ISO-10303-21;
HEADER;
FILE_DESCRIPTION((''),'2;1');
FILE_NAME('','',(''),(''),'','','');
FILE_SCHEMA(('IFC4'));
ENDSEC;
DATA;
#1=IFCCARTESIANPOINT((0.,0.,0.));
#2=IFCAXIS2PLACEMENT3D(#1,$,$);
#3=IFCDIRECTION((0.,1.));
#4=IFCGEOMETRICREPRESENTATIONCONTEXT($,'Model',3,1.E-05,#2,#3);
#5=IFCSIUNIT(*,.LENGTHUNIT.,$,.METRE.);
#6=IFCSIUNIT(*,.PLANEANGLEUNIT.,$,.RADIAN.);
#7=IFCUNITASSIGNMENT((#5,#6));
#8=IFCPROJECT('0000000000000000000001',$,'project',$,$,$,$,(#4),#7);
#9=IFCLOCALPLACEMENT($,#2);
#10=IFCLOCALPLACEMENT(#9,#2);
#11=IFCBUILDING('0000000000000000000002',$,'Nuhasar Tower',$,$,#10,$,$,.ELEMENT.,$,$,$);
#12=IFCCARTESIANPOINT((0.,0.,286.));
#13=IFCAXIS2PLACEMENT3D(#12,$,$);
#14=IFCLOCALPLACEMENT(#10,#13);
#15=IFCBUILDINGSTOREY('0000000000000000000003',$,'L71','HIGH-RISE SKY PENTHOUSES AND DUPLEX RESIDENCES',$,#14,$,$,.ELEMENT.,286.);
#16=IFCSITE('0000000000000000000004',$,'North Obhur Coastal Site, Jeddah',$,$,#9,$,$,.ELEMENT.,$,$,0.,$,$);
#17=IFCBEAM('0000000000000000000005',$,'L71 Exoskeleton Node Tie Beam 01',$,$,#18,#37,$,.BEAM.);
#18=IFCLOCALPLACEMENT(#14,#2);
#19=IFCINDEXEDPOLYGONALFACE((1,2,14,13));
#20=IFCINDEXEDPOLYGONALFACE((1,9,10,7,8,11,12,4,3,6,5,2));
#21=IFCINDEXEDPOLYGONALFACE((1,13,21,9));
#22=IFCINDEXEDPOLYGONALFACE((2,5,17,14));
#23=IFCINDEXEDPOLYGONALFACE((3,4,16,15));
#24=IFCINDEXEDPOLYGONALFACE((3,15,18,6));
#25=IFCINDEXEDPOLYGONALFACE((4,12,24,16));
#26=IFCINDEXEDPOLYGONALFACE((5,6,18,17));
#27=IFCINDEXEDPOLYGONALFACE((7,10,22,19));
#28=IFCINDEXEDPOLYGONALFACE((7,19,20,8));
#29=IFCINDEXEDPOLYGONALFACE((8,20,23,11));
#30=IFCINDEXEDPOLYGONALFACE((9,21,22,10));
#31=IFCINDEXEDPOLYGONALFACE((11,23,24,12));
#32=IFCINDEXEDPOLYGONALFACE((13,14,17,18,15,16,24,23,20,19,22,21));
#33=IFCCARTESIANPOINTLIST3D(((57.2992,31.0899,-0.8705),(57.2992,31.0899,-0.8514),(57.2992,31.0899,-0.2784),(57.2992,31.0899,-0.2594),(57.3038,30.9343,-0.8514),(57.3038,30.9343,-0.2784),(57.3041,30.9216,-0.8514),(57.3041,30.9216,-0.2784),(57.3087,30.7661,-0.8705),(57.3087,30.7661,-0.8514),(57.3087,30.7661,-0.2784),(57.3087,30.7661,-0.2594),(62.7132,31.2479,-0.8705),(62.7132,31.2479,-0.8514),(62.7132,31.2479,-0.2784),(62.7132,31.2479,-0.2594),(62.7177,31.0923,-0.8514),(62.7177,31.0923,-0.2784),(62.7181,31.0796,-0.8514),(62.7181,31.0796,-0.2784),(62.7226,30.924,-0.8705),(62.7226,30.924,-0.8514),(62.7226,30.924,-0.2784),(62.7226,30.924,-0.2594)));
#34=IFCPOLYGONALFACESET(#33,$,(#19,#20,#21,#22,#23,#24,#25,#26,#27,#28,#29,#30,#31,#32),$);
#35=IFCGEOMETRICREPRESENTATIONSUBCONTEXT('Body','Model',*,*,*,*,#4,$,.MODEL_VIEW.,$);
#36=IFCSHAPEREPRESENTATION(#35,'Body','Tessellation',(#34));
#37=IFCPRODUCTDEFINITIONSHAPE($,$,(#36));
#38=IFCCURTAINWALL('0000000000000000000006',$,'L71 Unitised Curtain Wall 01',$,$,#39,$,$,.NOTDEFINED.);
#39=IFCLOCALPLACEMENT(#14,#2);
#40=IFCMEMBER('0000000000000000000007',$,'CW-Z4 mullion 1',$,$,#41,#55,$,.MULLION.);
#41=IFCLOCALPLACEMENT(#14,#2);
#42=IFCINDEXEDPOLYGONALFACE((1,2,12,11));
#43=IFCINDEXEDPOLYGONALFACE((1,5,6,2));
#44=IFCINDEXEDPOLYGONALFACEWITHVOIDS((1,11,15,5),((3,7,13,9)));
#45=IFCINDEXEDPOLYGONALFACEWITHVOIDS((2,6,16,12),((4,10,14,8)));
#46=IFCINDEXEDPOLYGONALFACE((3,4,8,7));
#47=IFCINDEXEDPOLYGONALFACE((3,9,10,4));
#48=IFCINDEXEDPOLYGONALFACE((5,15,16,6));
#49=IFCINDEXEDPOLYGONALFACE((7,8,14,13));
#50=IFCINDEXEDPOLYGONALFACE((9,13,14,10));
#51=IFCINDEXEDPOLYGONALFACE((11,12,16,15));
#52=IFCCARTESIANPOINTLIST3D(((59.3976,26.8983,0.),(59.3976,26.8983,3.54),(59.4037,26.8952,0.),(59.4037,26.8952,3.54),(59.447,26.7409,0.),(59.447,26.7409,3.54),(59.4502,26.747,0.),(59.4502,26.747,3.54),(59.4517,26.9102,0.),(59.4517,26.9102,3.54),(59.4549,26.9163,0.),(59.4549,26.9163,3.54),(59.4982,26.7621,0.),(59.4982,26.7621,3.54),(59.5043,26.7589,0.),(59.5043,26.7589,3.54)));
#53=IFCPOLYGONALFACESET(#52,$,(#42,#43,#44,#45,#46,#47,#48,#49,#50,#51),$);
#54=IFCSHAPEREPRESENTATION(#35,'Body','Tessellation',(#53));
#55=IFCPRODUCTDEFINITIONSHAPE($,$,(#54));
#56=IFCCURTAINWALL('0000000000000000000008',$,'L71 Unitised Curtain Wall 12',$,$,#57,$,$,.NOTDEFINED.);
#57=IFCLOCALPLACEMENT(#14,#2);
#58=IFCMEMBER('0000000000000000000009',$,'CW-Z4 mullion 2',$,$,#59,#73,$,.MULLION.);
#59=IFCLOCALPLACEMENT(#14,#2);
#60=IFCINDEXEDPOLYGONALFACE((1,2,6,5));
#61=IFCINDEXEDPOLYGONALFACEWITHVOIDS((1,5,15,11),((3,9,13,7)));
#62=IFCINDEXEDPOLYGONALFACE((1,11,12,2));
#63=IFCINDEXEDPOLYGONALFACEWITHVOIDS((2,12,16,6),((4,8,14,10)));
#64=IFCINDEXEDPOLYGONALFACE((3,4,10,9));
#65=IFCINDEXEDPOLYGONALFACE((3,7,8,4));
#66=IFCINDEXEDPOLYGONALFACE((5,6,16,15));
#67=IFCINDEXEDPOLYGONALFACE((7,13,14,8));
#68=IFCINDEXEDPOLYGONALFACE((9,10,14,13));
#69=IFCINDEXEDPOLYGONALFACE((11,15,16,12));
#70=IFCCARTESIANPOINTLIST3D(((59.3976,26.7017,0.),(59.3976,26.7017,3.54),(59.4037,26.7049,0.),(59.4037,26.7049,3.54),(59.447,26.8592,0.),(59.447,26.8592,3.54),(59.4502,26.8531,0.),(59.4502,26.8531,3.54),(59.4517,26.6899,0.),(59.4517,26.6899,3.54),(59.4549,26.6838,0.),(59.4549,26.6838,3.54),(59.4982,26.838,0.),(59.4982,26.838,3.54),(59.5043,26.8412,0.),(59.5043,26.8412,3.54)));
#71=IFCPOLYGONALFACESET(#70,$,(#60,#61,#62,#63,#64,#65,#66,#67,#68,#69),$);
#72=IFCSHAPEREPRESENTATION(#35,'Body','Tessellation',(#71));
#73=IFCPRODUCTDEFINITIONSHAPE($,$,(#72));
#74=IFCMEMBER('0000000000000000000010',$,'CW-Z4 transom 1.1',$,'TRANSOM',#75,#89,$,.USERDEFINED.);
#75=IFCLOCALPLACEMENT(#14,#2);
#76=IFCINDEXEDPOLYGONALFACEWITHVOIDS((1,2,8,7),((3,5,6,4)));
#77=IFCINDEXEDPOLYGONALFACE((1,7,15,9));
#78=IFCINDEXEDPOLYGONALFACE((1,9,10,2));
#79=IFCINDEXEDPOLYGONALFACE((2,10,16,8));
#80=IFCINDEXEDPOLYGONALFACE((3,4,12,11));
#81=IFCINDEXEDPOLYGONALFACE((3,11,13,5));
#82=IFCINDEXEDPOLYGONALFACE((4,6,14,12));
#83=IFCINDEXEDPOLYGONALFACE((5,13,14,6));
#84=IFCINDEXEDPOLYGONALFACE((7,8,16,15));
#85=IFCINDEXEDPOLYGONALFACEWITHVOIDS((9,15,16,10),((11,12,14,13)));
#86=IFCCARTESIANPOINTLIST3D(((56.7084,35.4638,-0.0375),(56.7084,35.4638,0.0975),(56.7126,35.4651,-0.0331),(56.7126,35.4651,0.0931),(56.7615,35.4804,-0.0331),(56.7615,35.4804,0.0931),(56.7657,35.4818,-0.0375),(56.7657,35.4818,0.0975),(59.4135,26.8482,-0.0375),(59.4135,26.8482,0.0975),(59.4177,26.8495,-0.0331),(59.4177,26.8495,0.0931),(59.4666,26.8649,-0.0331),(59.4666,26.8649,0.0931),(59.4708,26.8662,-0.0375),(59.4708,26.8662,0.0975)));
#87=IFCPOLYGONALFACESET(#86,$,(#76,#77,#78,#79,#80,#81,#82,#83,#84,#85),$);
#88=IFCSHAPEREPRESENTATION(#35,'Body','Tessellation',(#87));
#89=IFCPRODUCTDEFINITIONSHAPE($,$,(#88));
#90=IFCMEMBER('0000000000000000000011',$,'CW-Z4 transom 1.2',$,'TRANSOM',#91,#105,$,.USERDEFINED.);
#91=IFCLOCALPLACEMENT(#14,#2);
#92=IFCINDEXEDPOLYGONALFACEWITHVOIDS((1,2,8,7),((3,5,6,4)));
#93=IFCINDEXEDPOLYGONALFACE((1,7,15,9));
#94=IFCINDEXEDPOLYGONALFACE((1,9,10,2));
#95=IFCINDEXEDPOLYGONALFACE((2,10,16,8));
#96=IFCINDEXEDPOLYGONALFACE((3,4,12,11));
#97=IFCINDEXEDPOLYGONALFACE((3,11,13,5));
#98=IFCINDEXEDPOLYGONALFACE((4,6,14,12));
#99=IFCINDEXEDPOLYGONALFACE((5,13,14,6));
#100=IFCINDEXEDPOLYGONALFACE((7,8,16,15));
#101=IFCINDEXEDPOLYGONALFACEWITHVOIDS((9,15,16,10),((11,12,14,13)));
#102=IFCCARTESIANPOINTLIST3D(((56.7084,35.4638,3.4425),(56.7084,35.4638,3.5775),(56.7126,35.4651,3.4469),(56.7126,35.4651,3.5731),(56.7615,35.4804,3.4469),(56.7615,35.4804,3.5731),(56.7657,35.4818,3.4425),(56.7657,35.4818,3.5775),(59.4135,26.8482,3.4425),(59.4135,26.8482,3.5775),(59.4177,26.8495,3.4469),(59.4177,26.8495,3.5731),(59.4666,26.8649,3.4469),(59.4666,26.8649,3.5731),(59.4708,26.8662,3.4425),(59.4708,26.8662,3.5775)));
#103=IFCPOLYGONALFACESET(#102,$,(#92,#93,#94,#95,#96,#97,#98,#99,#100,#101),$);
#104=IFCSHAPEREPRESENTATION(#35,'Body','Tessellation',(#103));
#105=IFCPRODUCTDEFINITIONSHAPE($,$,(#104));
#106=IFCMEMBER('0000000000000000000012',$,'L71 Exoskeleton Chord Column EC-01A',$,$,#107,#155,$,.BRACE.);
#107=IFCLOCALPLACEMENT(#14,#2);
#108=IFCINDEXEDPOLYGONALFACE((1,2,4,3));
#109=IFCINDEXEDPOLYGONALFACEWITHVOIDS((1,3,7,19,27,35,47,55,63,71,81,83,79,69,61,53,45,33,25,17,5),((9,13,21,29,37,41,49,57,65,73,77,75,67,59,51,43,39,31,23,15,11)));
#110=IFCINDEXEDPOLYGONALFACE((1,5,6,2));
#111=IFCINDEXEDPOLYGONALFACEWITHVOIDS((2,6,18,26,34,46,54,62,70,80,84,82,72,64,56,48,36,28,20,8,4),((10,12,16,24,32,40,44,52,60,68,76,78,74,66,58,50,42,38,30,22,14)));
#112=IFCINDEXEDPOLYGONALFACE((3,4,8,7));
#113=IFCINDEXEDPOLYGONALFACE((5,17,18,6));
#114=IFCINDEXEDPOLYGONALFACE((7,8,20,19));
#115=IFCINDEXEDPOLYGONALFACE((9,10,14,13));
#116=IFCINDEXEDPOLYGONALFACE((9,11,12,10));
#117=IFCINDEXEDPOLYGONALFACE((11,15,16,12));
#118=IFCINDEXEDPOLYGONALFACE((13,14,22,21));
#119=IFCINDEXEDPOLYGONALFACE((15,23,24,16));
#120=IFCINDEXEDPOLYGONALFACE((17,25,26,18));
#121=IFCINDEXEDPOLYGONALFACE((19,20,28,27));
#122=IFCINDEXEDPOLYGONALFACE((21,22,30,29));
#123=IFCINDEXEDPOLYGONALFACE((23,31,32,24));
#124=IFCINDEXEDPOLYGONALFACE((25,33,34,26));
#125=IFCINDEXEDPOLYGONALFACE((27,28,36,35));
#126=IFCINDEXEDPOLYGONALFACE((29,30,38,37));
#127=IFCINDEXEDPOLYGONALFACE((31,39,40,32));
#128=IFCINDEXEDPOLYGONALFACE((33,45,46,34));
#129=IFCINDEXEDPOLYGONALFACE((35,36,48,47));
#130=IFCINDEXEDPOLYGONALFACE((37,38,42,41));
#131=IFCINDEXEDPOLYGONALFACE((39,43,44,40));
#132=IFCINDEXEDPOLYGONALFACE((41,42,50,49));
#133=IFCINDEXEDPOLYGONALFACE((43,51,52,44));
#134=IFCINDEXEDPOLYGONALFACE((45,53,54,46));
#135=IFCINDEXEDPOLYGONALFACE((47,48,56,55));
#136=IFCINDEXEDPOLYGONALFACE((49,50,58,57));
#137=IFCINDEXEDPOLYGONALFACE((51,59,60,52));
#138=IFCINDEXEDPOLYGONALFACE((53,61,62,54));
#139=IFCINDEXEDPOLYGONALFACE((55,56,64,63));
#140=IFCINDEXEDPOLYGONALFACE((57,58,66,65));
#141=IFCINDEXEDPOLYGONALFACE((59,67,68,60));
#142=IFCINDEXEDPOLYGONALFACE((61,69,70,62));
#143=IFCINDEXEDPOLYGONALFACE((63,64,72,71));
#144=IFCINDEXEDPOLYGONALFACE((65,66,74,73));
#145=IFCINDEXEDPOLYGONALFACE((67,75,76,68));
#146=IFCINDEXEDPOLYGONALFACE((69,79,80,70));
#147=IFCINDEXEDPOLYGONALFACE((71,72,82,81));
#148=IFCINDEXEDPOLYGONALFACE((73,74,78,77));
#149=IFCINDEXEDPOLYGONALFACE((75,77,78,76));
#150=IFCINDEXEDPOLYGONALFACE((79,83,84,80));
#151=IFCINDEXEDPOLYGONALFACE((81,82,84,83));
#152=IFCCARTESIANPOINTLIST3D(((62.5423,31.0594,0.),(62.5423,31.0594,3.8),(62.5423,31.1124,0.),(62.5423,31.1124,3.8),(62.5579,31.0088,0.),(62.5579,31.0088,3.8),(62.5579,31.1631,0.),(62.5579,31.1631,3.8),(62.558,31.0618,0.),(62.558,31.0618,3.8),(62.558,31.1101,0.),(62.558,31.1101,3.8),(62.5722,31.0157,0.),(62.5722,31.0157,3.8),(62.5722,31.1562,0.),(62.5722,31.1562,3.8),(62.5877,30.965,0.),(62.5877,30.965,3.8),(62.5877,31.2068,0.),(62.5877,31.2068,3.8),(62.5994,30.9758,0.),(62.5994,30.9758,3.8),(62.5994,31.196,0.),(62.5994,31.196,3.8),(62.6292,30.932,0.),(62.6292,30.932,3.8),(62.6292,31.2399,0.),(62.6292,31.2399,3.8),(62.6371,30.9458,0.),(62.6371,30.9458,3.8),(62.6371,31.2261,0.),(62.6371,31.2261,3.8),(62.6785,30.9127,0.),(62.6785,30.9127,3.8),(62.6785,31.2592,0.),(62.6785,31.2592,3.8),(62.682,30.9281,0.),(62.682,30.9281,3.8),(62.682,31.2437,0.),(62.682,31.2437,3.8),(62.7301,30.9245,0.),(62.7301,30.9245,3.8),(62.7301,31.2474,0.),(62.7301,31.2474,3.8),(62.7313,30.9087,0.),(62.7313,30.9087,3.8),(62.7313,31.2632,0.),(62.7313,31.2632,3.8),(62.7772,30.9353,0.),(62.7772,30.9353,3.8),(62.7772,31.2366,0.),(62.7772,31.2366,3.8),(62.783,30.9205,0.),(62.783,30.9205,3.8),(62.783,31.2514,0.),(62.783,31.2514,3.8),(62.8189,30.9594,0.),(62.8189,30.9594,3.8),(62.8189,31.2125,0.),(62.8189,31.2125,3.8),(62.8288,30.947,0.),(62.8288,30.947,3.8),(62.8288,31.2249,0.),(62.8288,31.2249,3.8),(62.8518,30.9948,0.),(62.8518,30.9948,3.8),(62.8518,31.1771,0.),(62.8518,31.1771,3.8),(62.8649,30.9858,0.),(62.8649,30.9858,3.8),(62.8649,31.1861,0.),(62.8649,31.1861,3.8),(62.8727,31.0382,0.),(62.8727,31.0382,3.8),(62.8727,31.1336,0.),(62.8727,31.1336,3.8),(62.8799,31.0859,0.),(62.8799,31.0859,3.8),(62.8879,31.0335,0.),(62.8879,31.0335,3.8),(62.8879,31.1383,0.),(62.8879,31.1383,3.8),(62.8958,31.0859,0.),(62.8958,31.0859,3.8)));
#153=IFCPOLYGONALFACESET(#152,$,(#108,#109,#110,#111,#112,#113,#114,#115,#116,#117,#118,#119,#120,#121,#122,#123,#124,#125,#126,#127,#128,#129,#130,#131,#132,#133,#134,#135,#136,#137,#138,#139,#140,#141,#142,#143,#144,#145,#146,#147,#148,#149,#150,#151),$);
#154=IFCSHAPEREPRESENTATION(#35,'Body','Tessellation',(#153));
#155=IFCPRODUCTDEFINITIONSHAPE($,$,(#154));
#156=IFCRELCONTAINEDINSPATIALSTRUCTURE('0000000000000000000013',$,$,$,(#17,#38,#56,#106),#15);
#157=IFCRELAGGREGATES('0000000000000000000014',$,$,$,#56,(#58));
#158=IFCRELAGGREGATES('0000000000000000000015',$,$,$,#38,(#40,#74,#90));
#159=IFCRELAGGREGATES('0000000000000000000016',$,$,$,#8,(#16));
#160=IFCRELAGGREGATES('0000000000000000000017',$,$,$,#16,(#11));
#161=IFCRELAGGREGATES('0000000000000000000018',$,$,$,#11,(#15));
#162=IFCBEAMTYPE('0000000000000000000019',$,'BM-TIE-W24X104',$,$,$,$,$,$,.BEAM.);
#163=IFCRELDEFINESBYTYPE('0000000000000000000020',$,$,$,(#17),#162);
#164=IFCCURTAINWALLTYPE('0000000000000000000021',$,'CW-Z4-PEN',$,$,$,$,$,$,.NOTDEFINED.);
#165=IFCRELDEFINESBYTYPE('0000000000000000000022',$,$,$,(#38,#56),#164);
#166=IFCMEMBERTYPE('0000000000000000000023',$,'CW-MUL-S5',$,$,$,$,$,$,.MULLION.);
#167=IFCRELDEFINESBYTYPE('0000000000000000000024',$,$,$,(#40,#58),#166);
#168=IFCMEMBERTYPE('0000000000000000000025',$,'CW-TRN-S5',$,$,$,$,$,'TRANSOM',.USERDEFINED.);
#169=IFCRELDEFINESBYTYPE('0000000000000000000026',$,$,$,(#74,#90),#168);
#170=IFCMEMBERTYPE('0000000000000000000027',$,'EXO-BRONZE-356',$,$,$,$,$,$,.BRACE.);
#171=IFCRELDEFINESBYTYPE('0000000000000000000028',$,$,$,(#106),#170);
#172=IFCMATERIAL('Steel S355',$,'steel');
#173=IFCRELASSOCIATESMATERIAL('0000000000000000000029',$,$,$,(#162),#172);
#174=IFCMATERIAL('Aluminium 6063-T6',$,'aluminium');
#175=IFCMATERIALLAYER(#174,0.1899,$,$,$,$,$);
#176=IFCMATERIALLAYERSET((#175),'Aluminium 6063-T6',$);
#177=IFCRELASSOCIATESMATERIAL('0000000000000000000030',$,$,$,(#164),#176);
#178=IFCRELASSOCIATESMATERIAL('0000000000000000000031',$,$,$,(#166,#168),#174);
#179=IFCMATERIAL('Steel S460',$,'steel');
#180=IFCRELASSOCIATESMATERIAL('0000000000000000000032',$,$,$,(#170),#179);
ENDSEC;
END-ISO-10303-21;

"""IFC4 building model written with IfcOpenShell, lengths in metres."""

from ifc_helpers import new_model, si_unit, direction, frame, origin, origin_2d, place, context, subcontext, project, spatial, hollow_rectangle, hollow_circle, i_section, extrude, material, layer, layer_set, material_profile, profile_set, type_object, element, aggregate, save


model = new_model("IFC4")

# Units and contexts
model_context = context("Model", 3, precision=1e-05, world=origin(), true_north=direction((0.0, 1.0)))
body_context = subcontext(model_context, "Body", "Model", "MODEL_VIEW")
ifc_project = project(units=[si_unit("LENGTHUNIT", "METRE"), si_unit("PLANEANGLEUNIT", "RADIAN")], contexts=[model_context])

# Site, building, storey
site_placement = place(None, origin())
site = spatial("IfcSite", under=ifc_project, at=site_placement, Name="North Obhur Coastal Site, Jeddah", CompositionType="ELEMENT", RefElevation=0.0)
building_placement = place(site_placement, origin())
building = spatial("IfcBuilding", under=site, at=building_placement, Name="Nuhasar Tower", CompositionType="ELEMENT")
storey_placement = place(building_placement, frame((0.0, 0.0, 286.0)))
storey = spatial("IfcBuildingStorey", under=building, at=storey_placement, Name="L71", Description="HIGH-RISE SKY PENTHOUSES AND DUPLEX RESIDENCES", CompositionType="ELEMENT", Elevation=286.0)

# Beam
ifc_material_1 = material(Name="Steel S355", Category="steel")
ifc_material_profile_1 = material_profile(ifc_material_1, i_section(OverallWidth=0.324, OverallDepth=0.6111, WebThickness=0.0127, FlangeThickness=0.019, at=origin_2d()), Name="W24X104")
ifc_profile_set_1 = profile_set([ifc_material_profile_1], Name="Steel S355")
beam_type_1 = type_object("IfcBeamType", Name="BM-TIE-W24X104", PredefinedType="BEAM", material=ifc_profile_set_1)
beam_1_placement = place(storey_placement, frame((57.304, 30.928, -0.5649), z_axis=(0.999575, 0.029163, 0.0), x_axis=(-0.029163, 0.999575, 0.0)))
element("IfcBeam", 1, at=beam_1_placement, inside=storey, type_object=beam_type_1, Name="L71 Exoskeleton Node Tie Beam 01", PredefinedType="BEAM", context=body_context, shape_type="SweptSolid", body=[
    extrude(i_section(OverallWidth=0.324, OverallDepth=0.6111, WebThickness=0.0127, FlangeThickness=0.019, at=origin_2d()), origin(), (0.0, 0.0, 1.0), 5.4163),
])

# Curtain walls, members
ifc_material_2 = material(Name="Aluminium 6063-T6", Category="aluminium")
ifc_layer_1 = layer(ifc_material_2, 0.1899)
ifc_layer_set_1 = layer_set([ifc_layer_1], Name="Aluminium 6063-T6")
curtain_wall_type = type_object("IfcCurtainWallType", Name="CW-Z4-PEN", PredefinedType="NOTDEFINED", material=ifc_layer_set_1)
curtain_wall_1_placement = place(storey_placement, origin())
curtain_wall_1 = element("IfcCurtainWall", 2, at=curtain_wall_1_placement, inside=storey, type_object=curtain_wall_type, Name="L71 Unitised Curtain Wall 01", PredefinedType="NOTDEFINED")
ifc_material_profile_2 = material_profile(ifc_material_2, hollow_rectangle(XDim=0.0601, YDim=0.165, WallThickness=0.0049, at=origin_2d()), Name="CWM-5")
ifc_profile_set_2 = profile_set([ifc_material_profile_2], Name="Aluminium 6063-T6")
member_type_1 = type_object("IfcMemberType", Name="CW-MUL-S5", PredefinedType="MULLION", material=ifc_profile_set_2)
member_1_placement = place(storey_placement, frame((59.4509, 26.8286, 0.0), z_axis=(0.0, 0.0, 1.0), x_axis=(-0.954079, -0.299557, 0.0)))
member_1 = element("IfcMember", 3, at=member_1_placement, type_object=member_type_1, Name="CW-Z4 mullion 1", PredefinedType="MULLION", context=body_context, shape_type="SweptSolid", body=[
    extrude(hollow_rectangle(XDim=0.0601, YDim=0.165, WallThickness=0.0049, at=origin_2d()), origin(), (0.0, 0.0, 1.0), 3.54),
])
curtain_wall_2_placement = place(storey_placement, origin())
curtain_wall_2 = element("IfcCurtainWall", 4, at=curtain_wall_2_placement, inside=storey, type_object=curtain_wall_type, Name="L71 Unitised Curtain Wall 12", PredefinedType="NOTDEFINED")
member_2_placement = place(storey_placement, frame((59.4509, 26.7715, 0.0), z_axis=(0.0, 0.0, 1.0), x_axis=(-0.954079, 0.299557, 0.0)))
member_2 = element("IfcMember", 5, at=member_2_placement, type_object=member_type_1, Name="CW-Z4 mullion 2", PredefinedType="MULLION", context=body_context, shape_type="SweptSolid", body=[
    extrude(hollow_rectangle(XDim=0.0601, YDim=0.165, WallThickness=0.0049, at=origin_2d()), origin(), (0.0, 0.0, 1.0), 3.54),
])
aggregate(curtain_wall_2, [member_2])

# Members
ifc_material_profile_3 = material_profile(ifc_material_2, hollow_rectangle(XDim=0.0601, YDim=0.135, WallThickness=0.0044, at=origin_2d()), Name="CWT-5")
ifc_profile_set_3 = profile_set([ifc_material_profile_3], Name="Aluminium 6063-T6")
member_type_2 = type_object("IfcMemberType", Name="CW-TRN-S5", ElementType="TRANSOM", PredefinedType="USERDEFINED", material=ifc_profile_set_3)
member_3_placement = place(storey_placement, frame((59.4421, 26.8572, 0.03), z_axis=(-0.29956, 0.954077, 0.0), x_axis=(-0.954077, -0.29956, 0.0)))
member_3 = element("IfcMember", 6, at=member_3_placement, type_object=member_type_2, Name="CW-Z4 transom 1.1", ObjectType="TRANSOM", PredefinedType="USERDEFINED", context=body_context, shape_type="SweptSolid", body=[
    extrude(hollow_rectangle(XDim=0.0601, YDim=0.135, WallThickness=0.0044, at=origin_2d()), origin(), (0.0, 0.0, 1.0), 9.0303),
])
member_4_placement = place(storey_placement, frame((59.4421, 26.8572, 3.51), z_axis=(-0.29956, 0.954077, 0.0), x_axis=(-0.954077, -0.29956, 0.0)))
member_4 = element("IfcMember", 7, at=member_4_placement, type_object=member_type_2, Name="CW-Z4 transom 1.2", ObjectType="TRANSOM", PredefinedType="USERDEFINED", context=body_context, shape_type="SweptSolid", body=[
    extrude(hollow_rectangle(XDim=0.0601, YDim=0.135, WallThickness=0.0044, at=origin_2d()), origin(), (0.0, 0.0, 1.0), 9.0303),
])

# Member
ifc_material_3 = material(Name="Steel S460", Category="steel")
ifc_material_profile_4 = material_profile(ifc_material_3, hollow_circle(Radius=0.1777, WallThickness=0.0159, at=origin_2d()), Name="HSS355.6X15.9")
ifc_profile_set_4 = profile_set([ifc_material_profile_4], Name="Steel S460")
member_type_3 = type_object("IfcMemberType", Name="EXO-BRONZE-356", PredefinedType="BRACE", material=ifc_profile_set_4)
for number, where, z_axis, x_axis, name in (
    (8, (62.718, 31.0859, 0.0), (0.0, 0.0, 1.0), (1.0, 0.0, 0.0), "L71 Exoskeleton Chord Column EC-01A"),
):
    element("IfcMember", number, at=place(storey_placement, frame(where, z_axis=z_axis, x_axis=x_axis)), inside=storey, type_object=member_type_3, Name=name, PredefinedType="BRACE", context=body_context, shape_type="SweptSolid", body=[
        extrude(hollow_circle(Radius=0.1777, WallThickness=0.0159, at=origin_2d()), origin(), (0.0, 0.0, 1.0), 3.8),
    ])

aggregate(curtain_wall_1, [member_1, member_3, member_4])

save(model, "model.ifc")
